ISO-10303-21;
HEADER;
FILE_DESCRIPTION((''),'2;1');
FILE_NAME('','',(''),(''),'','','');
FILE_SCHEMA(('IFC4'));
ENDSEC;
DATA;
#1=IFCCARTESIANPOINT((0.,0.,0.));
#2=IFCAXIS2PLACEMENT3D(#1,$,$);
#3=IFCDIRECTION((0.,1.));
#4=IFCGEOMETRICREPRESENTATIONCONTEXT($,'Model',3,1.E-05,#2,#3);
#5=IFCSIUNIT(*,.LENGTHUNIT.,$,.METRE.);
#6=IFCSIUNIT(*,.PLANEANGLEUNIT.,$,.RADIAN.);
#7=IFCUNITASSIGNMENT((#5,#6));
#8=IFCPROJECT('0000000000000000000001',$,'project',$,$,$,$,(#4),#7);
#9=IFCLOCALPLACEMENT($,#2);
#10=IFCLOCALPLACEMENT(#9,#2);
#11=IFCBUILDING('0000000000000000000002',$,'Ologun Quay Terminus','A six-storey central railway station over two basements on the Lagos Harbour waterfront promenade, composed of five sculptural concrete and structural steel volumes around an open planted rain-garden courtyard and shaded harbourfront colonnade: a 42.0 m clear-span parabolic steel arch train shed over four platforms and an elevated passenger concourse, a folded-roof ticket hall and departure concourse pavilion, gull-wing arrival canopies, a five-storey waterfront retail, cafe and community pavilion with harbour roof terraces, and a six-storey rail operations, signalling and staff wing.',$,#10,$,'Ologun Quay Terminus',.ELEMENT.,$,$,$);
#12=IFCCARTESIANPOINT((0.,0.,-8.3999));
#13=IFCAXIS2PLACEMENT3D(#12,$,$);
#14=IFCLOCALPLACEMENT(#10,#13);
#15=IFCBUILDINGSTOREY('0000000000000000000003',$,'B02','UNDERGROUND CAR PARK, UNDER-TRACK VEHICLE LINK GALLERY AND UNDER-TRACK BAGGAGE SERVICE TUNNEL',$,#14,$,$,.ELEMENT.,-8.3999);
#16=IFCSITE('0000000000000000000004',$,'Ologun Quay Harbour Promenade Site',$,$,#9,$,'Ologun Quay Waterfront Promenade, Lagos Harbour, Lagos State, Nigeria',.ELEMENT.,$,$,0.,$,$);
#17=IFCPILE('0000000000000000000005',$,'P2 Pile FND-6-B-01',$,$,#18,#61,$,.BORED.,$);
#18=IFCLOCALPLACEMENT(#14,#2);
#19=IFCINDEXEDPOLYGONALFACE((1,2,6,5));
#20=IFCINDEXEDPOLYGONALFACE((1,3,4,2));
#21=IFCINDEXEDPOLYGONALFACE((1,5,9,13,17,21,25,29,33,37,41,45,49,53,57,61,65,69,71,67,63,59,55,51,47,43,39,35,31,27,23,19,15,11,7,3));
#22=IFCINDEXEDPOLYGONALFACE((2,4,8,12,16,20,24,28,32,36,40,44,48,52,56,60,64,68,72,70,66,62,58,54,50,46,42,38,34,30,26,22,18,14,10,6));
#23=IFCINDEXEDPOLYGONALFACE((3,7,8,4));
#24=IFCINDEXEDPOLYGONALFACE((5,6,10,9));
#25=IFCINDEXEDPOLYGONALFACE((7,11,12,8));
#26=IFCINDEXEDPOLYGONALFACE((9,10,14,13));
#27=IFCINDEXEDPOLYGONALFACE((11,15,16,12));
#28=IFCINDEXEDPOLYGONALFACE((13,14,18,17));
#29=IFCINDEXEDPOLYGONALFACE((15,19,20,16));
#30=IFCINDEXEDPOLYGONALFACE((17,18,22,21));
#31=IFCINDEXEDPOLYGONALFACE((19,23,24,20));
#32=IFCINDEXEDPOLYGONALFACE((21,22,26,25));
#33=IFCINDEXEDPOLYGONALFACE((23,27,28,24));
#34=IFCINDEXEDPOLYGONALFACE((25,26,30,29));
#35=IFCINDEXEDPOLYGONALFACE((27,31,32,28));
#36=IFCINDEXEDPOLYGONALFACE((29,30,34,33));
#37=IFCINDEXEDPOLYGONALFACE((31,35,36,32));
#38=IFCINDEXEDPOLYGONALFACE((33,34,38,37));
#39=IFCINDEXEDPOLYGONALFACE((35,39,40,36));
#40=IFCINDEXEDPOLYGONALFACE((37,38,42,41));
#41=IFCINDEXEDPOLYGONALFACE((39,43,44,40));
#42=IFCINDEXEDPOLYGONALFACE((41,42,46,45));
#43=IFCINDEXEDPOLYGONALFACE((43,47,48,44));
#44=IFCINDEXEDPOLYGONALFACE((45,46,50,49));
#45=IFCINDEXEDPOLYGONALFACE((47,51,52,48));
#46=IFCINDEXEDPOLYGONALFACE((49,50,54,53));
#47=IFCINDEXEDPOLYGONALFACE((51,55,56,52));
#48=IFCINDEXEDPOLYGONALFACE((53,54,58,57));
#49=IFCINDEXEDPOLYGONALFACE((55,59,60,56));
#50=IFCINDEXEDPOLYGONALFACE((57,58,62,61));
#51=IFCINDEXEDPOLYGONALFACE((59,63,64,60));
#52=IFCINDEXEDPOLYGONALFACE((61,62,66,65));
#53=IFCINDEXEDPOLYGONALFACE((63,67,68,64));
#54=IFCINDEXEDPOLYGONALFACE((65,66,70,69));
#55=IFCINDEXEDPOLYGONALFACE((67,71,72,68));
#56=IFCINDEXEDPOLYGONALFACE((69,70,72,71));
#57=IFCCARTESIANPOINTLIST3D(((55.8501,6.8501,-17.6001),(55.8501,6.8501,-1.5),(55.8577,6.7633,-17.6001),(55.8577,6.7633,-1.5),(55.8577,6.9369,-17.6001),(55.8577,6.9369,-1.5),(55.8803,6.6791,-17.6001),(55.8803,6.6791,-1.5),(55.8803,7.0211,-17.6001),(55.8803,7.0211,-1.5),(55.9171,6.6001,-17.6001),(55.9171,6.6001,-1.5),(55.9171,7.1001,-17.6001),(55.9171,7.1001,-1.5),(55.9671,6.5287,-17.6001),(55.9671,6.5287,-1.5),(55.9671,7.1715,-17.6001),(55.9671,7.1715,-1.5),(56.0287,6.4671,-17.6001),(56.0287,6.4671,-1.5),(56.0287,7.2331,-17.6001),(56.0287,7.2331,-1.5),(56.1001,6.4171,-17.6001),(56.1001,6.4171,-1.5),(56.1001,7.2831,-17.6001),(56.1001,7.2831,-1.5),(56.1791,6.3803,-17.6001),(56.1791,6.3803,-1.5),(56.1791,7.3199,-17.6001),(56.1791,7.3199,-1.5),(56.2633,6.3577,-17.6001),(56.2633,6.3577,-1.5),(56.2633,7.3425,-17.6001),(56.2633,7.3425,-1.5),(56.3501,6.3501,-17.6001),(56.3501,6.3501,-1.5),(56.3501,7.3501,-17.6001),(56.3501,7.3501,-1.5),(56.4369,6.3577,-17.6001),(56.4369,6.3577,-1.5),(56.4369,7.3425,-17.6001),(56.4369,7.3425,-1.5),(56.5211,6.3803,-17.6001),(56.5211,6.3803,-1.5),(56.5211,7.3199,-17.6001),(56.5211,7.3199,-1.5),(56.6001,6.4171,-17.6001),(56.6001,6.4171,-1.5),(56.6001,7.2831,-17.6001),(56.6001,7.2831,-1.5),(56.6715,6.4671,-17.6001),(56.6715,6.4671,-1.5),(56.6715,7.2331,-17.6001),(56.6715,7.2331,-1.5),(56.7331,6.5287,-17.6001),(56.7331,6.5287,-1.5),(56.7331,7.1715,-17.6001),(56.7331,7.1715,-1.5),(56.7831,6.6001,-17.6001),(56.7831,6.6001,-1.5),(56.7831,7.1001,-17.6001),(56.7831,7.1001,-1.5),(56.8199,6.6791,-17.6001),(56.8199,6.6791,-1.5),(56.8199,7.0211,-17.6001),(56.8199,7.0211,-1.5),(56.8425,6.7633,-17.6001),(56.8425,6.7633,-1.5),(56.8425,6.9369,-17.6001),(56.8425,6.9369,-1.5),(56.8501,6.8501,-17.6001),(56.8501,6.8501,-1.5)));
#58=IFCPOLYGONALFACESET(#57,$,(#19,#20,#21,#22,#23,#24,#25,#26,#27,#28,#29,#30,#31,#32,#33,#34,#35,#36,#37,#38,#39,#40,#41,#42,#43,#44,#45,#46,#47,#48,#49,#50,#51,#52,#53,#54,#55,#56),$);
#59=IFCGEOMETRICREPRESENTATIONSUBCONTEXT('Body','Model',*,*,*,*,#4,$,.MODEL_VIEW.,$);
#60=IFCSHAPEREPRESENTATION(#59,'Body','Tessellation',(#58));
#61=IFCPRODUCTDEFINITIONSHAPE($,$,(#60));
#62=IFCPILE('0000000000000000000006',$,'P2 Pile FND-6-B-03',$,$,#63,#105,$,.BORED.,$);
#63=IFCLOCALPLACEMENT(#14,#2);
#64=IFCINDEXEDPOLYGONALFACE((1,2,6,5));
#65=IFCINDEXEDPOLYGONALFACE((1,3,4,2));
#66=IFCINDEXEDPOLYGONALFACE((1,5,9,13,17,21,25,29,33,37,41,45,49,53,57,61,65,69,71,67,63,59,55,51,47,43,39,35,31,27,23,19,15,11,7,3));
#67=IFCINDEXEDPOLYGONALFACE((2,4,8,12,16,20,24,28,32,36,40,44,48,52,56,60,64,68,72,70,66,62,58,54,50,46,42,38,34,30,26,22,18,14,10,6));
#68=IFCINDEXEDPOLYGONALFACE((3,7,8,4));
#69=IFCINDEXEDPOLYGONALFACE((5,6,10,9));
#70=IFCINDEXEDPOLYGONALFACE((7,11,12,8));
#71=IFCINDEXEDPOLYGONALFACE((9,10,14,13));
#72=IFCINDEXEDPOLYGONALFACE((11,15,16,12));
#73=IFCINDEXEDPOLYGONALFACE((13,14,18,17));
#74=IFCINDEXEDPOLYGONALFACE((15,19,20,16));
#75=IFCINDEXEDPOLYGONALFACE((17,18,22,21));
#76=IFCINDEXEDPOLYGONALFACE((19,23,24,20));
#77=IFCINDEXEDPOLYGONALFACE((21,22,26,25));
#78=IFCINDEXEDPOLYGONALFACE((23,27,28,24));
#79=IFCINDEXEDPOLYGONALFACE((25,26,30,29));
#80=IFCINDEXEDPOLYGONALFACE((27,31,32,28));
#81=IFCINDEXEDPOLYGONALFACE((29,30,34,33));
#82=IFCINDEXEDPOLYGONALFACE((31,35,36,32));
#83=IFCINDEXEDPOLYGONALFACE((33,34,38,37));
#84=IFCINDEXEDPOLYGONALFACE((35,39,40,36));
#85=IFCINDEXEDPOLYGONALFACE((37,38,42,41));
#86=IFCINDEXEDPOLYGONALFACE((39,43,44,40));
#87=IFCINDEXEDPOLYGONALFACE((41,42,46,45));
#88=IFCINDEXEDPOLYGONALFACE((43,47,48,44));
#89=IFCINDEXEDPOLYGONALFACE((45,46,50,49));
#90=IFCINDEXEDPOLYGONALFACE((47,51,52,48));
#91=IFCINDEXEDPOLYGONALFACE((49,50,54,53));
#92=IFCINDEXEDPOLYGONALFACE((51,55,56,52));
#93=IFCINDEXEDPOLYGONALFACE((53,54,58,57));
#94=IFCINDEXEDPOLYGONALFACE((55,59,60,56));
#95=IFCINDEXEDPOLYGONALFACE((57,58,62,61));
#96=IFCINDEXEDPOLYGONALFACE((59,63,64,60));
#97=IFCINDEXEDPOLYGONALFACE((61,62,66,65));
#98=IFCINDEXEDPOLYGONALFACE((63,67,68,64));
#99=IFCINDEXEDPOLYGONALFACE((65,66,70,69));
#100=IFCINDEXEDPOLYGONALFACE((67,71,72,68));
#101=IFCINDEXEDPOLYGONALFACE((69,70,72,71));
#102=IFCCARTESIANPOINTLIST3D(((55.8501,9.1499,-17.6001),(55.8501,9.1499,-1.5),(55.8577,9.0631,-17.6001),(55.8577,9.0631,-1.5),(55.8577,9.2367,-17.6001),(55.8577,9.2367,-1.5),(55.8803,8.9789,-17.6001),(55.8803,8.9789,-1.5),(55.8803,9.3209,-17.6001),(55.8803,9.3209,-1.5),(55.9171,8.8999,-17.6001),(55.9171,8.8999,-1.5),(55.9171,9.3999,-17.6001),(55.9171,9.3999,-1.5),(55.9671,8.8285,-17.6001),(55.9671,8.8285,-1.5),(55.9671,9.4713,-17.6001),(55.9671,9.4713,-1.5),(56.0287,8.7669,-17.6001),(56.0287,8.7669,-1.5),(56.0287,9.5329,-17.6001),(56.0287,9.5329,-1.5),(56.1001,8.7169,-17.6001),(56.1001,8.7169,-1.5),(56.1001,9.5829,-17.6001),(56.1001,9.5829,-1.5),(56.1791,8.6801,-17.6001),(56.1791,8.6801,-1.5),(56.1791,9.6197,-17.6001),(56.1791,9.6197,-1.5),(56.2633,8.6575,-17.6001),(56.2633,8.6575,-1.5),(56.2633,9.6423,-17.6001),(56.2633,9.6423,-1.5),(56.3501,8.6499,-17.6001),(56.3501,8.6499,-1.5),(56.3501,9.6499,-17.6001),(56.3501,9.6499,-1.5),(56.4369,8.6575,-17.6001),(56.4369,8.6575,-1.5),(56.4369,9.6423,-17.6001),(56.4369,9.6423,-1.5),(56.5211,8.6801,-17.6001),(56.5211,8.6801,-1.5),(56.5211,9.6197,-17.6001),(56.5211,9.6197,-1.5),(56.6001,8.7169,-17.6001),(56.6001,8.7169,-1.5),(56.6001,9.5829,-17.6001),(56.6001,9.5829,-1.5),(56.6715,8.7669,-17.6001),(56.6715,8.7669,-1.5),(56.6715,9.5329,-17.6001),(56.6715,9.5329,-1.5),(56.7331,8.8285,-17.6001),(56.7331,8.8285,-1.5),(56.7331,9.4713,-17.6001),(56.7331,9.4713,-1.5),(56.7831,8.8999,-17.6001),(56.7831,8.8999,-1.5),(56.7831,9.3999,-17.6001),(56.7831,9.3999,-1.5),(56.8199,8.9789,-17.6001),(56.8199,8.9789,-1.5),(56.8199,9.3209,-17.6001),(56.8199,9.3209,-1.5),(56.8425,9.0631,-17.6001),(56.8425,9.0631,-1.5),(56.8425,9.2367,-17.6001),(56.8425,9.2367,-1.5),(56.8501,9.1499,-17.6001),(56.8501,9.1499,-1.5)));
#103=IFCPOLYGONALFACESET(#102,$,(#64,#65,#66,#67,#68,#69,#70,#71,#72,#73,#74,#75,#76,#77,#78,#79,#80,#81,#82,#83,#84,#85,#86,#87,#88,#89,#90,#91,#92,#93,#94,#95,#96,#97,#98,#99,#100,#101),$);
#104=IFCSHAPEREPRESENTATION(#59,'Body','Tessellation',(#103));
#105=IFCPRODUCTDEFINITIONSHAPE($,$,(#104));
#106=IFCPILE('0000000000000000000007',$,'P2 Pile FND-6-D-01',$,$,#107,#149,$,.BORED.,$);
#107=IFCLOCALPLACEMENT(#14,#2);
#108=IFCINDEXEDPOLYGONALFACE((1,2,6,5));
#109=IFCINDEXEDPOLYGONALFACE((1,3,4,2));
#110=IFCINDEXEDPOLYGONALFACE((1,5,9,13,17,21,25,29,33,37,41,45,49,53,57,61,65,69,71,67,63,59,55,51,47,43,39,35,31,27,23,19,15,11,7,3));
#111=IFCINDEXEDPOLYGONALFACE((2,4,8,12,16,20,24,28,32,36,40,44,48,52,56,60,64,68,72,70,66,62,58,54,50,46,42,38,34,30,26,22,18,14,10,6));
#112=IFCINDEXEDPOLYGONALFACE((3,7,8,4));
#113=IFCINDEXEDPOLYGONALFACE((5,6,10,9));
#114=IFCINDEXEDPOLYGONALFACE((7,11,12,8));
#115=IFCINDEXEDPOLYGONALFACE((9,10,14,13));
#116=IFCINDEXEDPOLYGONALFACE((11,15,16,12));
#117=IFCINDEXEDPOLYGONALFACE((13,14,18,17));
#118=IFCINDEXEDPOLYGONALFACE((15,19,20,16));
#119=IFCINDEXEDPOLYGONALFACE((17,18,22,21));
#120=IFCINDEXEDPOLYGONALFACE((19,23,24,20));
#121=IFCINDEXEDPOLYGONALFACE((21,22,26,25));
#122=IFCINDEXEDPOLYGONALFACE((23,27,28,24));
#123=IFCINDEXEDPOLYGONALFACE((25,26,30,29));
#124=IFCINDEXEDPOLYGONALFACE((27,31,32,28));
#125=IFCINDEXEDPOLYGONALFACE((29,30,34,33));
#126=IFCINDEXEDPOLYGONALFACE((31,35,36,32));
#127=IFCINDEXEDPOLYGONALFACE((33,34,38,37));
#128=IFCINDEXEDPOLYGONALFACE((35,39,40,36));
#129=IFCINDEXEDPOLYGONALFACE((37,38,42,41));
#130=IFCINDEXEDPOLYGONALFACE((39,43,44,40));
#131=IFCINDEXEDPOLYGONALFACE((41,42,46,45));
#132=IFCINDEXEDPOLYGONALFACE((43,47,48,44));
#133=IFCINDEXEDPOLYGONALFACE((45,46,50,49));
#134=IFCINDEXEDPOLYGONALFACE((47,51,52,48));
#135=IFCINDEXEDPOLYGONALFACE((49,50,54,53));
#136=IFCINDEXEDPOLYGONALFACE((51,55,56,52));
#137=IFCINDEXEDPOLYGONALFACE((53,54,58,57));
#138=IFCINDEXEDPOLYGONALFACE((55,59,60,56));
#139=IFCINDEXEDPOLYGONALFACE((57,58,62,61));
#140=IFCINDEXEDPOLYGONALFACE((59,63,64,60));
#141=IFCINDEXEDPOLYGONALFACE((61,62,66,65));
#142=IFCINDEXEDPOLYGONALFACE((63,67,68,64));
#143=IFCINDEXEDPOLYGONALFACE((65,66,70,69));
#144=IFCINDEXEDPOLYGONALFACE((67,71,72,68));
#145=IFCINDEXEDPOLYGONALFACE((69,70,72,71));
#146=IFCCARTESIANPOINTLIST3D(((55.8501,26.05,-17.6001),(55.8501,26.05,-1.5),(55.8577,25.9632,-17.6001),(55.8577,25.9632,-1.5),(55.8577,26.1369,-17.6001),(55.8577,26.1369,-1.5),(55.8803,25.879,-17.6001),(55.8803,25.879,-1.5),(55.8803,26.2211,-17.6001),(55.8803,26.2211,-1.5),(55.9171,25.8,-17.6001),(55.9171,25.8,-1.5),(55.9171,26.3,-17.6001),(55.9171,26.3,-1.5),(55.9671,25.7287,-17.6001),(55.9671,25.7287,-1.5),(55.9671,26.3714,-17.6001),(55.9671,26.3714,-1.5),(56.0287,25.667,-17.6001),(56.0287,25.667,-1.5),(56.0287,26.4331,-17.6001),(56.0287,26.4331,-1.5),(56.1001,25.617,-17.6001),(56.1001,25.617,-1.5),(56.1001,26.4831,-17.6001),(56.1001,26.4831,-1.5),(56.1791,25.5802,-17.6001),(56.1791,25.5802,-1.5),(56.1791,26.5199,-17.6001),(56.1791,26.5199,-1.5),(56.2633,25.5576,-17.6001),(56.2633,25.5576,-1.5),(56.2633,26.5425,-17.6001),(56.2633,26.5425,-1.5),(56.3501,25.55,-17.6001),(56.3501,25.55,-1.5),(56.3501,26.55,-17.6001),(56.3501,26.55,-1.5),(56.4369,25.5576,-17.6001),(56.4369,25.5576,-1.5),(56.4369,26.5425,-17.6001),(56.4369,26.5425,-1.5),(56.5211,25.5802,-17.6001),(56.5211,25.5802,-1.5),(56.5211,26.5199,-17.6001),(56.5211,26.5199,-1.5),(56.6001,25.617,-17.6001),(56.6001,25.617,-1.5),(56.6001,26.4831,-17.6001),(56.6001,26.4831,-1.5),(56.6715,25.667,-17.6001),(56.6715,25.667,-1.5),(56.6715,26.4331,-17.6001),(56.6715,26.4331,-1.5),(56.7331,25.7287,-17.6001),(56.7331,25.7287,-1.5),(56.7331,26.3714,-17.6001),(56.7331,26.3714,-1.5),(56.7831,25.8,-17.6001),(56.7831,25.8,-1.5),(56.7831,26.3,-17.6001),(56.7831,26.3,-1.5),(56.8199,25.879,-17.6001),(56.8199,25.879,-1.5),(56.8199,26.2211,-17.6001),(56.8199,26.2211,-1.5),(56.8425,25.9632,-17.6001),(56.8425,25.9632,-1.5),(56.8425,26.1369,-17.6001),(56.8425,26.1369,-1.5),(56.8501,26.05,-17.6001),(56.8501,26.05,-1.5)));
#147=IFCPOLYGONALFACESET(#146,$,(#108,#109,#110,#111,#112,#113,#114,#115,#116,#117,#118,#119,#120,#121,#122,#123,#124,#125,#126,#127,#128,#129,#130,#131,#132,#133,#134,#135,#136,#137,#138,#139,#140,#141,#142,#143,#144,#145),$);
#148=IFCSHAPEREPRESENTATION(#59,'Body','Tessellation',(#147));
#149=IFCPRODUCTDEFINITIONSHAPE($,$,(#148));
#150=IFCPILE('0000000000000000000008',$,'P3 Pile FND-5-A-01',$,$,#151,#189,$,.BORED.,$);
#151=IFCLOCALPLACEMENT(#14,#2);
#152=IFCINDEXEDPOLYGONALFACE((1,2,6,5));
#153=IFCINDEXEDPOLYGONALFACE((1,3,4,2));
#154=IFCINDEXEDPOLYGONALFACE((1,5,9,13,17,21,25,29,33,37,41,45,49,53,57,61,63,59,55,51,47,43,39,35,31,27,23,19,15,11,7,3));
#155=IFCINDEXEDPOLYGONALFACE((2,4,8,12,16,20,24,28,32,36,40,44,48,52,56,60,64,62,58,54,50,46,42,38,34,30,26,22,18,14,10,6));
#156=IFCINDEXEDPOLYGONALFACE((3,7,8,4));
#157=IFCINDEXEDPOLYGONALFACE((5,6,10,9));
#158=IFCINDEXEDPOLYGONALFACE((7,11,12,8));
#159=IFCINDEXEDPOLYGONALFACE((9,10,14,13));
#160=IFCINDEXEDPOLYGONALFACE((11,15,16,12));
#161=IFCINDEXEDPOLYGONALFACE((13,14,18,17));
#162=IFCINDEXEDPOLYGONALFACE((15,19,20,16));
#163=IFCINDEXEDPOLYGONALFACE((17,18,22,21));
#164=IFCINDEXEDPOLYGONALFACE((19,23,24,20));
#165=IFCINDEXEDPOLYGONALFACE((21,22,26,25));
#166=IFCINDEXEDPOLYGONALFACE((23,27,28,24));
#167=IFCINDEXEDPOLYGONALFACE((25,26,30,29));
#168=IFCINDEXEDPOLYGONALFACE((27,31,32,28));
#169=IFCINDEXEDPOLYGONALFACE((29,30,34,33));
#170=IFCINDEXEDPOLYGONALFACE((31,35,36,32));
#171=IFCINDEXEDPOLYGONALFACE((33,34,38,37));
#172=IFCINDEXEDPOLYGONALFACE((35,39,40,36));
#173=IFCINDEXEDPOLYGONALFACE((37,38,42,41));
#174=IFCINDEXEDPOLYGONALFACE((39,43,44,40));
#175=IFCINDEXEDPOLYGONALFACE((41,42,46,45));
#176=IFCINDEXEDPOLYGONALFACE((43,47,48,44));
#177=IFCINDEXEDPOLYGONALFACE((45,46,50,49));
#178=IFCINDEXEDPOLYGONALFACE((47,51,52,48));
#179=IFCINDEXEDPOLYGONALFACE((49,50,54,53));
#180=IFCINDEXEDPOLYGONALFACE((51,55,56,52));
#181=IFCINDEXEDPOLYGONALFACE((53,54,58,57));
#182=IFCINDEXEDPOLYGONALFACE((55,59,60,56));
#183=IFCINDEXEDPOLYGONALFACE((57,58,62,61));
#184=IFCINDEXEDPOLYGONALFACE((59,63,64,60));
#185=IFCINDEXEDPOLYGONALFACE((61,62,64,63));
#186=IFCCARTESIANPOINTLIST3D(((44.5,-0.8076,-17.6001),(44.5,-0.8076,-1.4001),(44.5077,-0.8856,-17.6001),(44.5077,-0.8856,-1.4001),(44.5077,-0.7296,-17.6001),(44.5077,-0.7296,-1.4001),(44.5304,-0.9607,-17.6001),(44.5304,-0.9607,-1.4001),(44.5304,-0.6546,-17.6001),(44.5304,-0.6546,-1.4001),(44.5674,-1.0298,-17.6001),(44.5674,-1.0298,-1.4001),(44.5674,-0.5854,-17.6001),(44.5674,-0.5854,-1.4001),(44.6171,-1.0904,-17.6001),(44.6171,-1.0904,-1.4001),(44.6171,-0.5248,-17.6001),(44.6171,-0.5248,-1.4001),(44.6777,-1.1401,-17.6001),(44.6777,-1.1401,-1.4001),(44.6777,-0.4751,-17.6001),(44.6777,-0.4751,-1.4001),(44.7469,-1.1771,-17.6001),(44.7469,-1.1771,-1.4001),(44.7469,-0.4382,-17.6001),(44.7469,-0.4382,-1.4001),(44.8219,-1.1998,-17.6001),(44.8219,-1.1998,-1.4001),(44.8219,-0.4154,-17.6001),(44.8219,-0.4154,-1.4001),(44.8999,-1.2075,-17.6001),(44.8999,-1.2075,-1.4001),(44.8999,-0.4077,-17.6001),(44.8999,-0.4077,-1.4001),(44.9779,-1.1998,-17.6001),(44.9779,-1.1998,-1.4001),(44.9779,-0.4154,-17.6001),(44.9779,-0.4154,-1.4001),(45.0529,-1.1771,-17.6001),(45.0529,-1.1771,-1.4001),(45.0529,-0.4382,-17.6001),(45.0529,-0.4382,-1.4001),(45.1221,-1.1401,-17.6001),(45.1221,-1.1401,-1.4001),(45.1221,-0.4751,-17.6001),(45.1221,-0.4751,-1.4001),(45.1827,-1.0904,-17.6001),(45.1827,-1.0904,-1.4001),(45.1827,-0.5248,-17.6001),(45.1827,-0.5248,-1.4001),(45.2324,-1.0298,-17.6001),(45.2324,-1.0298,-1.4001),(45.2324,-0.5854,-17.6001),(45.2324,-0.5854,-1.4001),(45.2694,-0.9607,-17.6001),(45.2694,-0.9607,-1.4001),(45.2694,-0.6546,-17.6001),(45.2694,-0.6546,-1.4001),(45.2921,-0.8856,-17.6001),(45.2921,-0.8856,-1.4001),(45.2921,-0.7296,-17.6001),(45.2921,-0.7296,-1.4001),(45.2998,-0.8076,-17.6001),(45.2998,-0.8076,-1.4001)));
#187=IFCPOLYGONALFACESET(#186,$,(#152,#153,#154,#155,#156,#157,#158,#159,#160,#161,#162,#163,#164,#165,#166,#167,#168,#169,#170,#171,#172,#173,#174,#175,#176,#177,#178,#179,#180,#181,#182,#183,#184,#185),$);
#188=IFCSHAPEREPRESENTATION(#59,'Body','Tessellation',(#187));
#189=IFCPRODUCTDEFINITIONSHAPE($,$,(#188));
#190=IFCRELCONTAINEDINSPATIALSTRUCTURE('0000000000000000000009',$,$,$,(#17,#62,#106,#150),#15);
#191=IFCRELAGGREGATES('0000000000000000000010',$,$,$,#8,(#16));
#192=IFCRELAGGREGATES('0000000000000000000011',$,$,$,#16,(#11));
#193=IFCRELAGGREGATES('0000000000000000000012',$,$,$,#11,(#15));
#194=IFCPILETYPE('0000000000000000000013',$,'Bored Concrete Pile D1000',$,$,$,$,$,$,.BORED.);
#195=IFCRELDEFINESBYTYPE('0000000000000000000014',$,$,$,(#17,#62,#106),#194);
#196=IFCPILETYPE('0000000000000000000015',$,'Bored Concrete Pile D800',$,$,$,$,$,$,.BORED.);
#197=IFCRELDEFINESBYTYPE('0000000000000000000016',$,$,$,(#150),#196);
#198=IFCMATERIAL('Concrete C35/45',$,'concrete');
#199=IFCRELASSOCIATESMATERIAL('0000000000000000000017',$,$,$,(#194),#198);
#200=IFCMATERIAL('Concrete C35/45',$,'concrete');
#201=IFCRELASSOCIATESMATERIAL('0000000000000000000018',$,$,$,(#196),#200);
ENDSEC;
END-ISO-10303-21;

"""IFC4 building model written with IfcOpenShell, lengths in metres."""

from ifc_helpers import new_model, si_unit, direction, frame, origin, origin_2d, place, context, subcontext, project, spatial, circle, extrude, material, material_profile, profile_set, type_object, element, save


model = new_model("IFC4")

# Units and contexts
model_context = context("Model", 3, precision=1e-05, world=origin(), true_north=direction((0.0, 1.0)))
body_context = subcontext(model_context, "Body", "Model", "MODEL_VIEW")
ifc_project = project(units=[si_unit("LENGTHUNIT", "METRE"), si_unit("PLANEANGLEUNIT", "RADIAN")], contexts=[model_context])

# Site, building, storey
site_placement = place(None, origin())
site = spatial("IfcSite", under=ifc_project, at=site_placement, Name="Ologun Quay Harbour Promenade Site", LongName="Ologun Quay Waterfront Promenade, Lagos Harbour, Lagos State, Nigeria", CompositionType="ELEMENT", RefElevation=0.0)
building_placement = place(site_placement, origin())
building = spatial("IfcBuilding", under=site, at=building_placement, Name="Ologun Quay Terminus", Description="A six-storey central railway station over two basements on the Lagos Harbour waterfront promenade, composed of five sculptural concrete and structural steel volumes around an open planted rain-garden courtyard and shaded harbourfront colonnade: a 42.0 m clear-span parabolic steel arch train shed over four platforms and an elevated passenger concourse, a folded-roof ticket hall and departure concourse pavilion, gull-wing arrival canopies, a five-storey waterfront retail, cafe and community pavilion with harbour roof terraces, and a six-storey rail operations, signalling and staff wing.", LongName="Ologun Quay Terminus", CompositionType="ELEMENT")
storey_placement = place(building_placement, frame((0.0, 0.0, -8.3999)))
storey = spatial("IfcBuildingStorey", under=building, at=storey_placement, Name="B02", Description="UNDERGROUND CAR PARK, UNDER-TRACK VEHICLE LINK GALLERY AND UNDER-TRACK BAGGAGE SERVICE TUNNEL", CompositionType="ELEMENT", Elevation=-8.3999)

# Piles
ifc_material_1 = material(Name="Concrete C35/45", Category="concrete")
ifc_material_profile_1 = material_profile(ifc_material_1, circle(Radius=0.5, at=origin_2d()), Name="PILE D1000")
ifc_profile_set_1 = profile_set([ifc_material_profile_1], Name="Concrete C35/45")
pile_type_1 = type_object("IfcPileType", Name="Bored Concrete Pile D1000", PredefinedType="BORED", material=ifc_profile_set_1)
for number, where, z_axis, x_axis, name in (
    (1, (56.3501, 6.8501, -1.5), (0.0, 0.0, -1.0), (1.0, 0.0, 0.0), "P2 Pile FND-6-B-01"),
    (2, (56.3501, 9.1499, -1.5), (0.0, 0.0, -1.0), (1.0, 0.0, 0.0), "P2 Pile FND-6-B-03"),
    (3, (56.3501, 26.05, -1.5), (0.0, 0.0, -1.0), (1.0, 0.0, 0.0), "P2 Pile FND-6-D-01"),
):
    element("IfcPile", number, at=place(storey_placement, frame(where, z_axis=z_axis, x_axis=x_axis)), inside=storey, type_object=pile_type_1, Name=name, PredefinedType="BORED", context=body_context, shape_type="SweptSolid", body=[
        extrude(circle(Radius=0.5, at=origin_2d()), origin(), (0.0, 0.0, 1.0), 16.1001),
    ])
ifc_material_2 = material(Name="Concrete C35/45", Category="concrete")
ifc_material_profile_2 = material_profile(ifc_material_2, circle(Radius=0.3999, at=origin_2d()), Name="PILE D800")
ifc_profile_set_2 = profile_set([ifc_material_profile_2], Name="Concrete C35/45")
pile_type_2 = type_object("IfcPileType", Name="Bored Concrete Pile D800", PredefinedType="BORED", material=ifc_profile_set_2)
for number, where, z_axis, x_axis, name in (
    (4, (44.8999, -0.8076, -1.4001), (0.0, 0.0, -1.0), (1.0, 0.0, 0.0), "P3 Pile FND-5-A-01"),
):
    element("IfcPile", number, at=place(storey_placement, frame(where, z_axis=z_axis, x_axis=x_axis)), inside=storey, type_object=pile_type_2, Name=name, PredefinedType="BORED", context=body_context, shape_type="SweptSolid", body=[
        extrude(circle(Radius=0.3999, at=origin_2d()), origin(), (0.0, 0.0, 1.0), 16.2),
    ])

save(model, "model.ifc")
